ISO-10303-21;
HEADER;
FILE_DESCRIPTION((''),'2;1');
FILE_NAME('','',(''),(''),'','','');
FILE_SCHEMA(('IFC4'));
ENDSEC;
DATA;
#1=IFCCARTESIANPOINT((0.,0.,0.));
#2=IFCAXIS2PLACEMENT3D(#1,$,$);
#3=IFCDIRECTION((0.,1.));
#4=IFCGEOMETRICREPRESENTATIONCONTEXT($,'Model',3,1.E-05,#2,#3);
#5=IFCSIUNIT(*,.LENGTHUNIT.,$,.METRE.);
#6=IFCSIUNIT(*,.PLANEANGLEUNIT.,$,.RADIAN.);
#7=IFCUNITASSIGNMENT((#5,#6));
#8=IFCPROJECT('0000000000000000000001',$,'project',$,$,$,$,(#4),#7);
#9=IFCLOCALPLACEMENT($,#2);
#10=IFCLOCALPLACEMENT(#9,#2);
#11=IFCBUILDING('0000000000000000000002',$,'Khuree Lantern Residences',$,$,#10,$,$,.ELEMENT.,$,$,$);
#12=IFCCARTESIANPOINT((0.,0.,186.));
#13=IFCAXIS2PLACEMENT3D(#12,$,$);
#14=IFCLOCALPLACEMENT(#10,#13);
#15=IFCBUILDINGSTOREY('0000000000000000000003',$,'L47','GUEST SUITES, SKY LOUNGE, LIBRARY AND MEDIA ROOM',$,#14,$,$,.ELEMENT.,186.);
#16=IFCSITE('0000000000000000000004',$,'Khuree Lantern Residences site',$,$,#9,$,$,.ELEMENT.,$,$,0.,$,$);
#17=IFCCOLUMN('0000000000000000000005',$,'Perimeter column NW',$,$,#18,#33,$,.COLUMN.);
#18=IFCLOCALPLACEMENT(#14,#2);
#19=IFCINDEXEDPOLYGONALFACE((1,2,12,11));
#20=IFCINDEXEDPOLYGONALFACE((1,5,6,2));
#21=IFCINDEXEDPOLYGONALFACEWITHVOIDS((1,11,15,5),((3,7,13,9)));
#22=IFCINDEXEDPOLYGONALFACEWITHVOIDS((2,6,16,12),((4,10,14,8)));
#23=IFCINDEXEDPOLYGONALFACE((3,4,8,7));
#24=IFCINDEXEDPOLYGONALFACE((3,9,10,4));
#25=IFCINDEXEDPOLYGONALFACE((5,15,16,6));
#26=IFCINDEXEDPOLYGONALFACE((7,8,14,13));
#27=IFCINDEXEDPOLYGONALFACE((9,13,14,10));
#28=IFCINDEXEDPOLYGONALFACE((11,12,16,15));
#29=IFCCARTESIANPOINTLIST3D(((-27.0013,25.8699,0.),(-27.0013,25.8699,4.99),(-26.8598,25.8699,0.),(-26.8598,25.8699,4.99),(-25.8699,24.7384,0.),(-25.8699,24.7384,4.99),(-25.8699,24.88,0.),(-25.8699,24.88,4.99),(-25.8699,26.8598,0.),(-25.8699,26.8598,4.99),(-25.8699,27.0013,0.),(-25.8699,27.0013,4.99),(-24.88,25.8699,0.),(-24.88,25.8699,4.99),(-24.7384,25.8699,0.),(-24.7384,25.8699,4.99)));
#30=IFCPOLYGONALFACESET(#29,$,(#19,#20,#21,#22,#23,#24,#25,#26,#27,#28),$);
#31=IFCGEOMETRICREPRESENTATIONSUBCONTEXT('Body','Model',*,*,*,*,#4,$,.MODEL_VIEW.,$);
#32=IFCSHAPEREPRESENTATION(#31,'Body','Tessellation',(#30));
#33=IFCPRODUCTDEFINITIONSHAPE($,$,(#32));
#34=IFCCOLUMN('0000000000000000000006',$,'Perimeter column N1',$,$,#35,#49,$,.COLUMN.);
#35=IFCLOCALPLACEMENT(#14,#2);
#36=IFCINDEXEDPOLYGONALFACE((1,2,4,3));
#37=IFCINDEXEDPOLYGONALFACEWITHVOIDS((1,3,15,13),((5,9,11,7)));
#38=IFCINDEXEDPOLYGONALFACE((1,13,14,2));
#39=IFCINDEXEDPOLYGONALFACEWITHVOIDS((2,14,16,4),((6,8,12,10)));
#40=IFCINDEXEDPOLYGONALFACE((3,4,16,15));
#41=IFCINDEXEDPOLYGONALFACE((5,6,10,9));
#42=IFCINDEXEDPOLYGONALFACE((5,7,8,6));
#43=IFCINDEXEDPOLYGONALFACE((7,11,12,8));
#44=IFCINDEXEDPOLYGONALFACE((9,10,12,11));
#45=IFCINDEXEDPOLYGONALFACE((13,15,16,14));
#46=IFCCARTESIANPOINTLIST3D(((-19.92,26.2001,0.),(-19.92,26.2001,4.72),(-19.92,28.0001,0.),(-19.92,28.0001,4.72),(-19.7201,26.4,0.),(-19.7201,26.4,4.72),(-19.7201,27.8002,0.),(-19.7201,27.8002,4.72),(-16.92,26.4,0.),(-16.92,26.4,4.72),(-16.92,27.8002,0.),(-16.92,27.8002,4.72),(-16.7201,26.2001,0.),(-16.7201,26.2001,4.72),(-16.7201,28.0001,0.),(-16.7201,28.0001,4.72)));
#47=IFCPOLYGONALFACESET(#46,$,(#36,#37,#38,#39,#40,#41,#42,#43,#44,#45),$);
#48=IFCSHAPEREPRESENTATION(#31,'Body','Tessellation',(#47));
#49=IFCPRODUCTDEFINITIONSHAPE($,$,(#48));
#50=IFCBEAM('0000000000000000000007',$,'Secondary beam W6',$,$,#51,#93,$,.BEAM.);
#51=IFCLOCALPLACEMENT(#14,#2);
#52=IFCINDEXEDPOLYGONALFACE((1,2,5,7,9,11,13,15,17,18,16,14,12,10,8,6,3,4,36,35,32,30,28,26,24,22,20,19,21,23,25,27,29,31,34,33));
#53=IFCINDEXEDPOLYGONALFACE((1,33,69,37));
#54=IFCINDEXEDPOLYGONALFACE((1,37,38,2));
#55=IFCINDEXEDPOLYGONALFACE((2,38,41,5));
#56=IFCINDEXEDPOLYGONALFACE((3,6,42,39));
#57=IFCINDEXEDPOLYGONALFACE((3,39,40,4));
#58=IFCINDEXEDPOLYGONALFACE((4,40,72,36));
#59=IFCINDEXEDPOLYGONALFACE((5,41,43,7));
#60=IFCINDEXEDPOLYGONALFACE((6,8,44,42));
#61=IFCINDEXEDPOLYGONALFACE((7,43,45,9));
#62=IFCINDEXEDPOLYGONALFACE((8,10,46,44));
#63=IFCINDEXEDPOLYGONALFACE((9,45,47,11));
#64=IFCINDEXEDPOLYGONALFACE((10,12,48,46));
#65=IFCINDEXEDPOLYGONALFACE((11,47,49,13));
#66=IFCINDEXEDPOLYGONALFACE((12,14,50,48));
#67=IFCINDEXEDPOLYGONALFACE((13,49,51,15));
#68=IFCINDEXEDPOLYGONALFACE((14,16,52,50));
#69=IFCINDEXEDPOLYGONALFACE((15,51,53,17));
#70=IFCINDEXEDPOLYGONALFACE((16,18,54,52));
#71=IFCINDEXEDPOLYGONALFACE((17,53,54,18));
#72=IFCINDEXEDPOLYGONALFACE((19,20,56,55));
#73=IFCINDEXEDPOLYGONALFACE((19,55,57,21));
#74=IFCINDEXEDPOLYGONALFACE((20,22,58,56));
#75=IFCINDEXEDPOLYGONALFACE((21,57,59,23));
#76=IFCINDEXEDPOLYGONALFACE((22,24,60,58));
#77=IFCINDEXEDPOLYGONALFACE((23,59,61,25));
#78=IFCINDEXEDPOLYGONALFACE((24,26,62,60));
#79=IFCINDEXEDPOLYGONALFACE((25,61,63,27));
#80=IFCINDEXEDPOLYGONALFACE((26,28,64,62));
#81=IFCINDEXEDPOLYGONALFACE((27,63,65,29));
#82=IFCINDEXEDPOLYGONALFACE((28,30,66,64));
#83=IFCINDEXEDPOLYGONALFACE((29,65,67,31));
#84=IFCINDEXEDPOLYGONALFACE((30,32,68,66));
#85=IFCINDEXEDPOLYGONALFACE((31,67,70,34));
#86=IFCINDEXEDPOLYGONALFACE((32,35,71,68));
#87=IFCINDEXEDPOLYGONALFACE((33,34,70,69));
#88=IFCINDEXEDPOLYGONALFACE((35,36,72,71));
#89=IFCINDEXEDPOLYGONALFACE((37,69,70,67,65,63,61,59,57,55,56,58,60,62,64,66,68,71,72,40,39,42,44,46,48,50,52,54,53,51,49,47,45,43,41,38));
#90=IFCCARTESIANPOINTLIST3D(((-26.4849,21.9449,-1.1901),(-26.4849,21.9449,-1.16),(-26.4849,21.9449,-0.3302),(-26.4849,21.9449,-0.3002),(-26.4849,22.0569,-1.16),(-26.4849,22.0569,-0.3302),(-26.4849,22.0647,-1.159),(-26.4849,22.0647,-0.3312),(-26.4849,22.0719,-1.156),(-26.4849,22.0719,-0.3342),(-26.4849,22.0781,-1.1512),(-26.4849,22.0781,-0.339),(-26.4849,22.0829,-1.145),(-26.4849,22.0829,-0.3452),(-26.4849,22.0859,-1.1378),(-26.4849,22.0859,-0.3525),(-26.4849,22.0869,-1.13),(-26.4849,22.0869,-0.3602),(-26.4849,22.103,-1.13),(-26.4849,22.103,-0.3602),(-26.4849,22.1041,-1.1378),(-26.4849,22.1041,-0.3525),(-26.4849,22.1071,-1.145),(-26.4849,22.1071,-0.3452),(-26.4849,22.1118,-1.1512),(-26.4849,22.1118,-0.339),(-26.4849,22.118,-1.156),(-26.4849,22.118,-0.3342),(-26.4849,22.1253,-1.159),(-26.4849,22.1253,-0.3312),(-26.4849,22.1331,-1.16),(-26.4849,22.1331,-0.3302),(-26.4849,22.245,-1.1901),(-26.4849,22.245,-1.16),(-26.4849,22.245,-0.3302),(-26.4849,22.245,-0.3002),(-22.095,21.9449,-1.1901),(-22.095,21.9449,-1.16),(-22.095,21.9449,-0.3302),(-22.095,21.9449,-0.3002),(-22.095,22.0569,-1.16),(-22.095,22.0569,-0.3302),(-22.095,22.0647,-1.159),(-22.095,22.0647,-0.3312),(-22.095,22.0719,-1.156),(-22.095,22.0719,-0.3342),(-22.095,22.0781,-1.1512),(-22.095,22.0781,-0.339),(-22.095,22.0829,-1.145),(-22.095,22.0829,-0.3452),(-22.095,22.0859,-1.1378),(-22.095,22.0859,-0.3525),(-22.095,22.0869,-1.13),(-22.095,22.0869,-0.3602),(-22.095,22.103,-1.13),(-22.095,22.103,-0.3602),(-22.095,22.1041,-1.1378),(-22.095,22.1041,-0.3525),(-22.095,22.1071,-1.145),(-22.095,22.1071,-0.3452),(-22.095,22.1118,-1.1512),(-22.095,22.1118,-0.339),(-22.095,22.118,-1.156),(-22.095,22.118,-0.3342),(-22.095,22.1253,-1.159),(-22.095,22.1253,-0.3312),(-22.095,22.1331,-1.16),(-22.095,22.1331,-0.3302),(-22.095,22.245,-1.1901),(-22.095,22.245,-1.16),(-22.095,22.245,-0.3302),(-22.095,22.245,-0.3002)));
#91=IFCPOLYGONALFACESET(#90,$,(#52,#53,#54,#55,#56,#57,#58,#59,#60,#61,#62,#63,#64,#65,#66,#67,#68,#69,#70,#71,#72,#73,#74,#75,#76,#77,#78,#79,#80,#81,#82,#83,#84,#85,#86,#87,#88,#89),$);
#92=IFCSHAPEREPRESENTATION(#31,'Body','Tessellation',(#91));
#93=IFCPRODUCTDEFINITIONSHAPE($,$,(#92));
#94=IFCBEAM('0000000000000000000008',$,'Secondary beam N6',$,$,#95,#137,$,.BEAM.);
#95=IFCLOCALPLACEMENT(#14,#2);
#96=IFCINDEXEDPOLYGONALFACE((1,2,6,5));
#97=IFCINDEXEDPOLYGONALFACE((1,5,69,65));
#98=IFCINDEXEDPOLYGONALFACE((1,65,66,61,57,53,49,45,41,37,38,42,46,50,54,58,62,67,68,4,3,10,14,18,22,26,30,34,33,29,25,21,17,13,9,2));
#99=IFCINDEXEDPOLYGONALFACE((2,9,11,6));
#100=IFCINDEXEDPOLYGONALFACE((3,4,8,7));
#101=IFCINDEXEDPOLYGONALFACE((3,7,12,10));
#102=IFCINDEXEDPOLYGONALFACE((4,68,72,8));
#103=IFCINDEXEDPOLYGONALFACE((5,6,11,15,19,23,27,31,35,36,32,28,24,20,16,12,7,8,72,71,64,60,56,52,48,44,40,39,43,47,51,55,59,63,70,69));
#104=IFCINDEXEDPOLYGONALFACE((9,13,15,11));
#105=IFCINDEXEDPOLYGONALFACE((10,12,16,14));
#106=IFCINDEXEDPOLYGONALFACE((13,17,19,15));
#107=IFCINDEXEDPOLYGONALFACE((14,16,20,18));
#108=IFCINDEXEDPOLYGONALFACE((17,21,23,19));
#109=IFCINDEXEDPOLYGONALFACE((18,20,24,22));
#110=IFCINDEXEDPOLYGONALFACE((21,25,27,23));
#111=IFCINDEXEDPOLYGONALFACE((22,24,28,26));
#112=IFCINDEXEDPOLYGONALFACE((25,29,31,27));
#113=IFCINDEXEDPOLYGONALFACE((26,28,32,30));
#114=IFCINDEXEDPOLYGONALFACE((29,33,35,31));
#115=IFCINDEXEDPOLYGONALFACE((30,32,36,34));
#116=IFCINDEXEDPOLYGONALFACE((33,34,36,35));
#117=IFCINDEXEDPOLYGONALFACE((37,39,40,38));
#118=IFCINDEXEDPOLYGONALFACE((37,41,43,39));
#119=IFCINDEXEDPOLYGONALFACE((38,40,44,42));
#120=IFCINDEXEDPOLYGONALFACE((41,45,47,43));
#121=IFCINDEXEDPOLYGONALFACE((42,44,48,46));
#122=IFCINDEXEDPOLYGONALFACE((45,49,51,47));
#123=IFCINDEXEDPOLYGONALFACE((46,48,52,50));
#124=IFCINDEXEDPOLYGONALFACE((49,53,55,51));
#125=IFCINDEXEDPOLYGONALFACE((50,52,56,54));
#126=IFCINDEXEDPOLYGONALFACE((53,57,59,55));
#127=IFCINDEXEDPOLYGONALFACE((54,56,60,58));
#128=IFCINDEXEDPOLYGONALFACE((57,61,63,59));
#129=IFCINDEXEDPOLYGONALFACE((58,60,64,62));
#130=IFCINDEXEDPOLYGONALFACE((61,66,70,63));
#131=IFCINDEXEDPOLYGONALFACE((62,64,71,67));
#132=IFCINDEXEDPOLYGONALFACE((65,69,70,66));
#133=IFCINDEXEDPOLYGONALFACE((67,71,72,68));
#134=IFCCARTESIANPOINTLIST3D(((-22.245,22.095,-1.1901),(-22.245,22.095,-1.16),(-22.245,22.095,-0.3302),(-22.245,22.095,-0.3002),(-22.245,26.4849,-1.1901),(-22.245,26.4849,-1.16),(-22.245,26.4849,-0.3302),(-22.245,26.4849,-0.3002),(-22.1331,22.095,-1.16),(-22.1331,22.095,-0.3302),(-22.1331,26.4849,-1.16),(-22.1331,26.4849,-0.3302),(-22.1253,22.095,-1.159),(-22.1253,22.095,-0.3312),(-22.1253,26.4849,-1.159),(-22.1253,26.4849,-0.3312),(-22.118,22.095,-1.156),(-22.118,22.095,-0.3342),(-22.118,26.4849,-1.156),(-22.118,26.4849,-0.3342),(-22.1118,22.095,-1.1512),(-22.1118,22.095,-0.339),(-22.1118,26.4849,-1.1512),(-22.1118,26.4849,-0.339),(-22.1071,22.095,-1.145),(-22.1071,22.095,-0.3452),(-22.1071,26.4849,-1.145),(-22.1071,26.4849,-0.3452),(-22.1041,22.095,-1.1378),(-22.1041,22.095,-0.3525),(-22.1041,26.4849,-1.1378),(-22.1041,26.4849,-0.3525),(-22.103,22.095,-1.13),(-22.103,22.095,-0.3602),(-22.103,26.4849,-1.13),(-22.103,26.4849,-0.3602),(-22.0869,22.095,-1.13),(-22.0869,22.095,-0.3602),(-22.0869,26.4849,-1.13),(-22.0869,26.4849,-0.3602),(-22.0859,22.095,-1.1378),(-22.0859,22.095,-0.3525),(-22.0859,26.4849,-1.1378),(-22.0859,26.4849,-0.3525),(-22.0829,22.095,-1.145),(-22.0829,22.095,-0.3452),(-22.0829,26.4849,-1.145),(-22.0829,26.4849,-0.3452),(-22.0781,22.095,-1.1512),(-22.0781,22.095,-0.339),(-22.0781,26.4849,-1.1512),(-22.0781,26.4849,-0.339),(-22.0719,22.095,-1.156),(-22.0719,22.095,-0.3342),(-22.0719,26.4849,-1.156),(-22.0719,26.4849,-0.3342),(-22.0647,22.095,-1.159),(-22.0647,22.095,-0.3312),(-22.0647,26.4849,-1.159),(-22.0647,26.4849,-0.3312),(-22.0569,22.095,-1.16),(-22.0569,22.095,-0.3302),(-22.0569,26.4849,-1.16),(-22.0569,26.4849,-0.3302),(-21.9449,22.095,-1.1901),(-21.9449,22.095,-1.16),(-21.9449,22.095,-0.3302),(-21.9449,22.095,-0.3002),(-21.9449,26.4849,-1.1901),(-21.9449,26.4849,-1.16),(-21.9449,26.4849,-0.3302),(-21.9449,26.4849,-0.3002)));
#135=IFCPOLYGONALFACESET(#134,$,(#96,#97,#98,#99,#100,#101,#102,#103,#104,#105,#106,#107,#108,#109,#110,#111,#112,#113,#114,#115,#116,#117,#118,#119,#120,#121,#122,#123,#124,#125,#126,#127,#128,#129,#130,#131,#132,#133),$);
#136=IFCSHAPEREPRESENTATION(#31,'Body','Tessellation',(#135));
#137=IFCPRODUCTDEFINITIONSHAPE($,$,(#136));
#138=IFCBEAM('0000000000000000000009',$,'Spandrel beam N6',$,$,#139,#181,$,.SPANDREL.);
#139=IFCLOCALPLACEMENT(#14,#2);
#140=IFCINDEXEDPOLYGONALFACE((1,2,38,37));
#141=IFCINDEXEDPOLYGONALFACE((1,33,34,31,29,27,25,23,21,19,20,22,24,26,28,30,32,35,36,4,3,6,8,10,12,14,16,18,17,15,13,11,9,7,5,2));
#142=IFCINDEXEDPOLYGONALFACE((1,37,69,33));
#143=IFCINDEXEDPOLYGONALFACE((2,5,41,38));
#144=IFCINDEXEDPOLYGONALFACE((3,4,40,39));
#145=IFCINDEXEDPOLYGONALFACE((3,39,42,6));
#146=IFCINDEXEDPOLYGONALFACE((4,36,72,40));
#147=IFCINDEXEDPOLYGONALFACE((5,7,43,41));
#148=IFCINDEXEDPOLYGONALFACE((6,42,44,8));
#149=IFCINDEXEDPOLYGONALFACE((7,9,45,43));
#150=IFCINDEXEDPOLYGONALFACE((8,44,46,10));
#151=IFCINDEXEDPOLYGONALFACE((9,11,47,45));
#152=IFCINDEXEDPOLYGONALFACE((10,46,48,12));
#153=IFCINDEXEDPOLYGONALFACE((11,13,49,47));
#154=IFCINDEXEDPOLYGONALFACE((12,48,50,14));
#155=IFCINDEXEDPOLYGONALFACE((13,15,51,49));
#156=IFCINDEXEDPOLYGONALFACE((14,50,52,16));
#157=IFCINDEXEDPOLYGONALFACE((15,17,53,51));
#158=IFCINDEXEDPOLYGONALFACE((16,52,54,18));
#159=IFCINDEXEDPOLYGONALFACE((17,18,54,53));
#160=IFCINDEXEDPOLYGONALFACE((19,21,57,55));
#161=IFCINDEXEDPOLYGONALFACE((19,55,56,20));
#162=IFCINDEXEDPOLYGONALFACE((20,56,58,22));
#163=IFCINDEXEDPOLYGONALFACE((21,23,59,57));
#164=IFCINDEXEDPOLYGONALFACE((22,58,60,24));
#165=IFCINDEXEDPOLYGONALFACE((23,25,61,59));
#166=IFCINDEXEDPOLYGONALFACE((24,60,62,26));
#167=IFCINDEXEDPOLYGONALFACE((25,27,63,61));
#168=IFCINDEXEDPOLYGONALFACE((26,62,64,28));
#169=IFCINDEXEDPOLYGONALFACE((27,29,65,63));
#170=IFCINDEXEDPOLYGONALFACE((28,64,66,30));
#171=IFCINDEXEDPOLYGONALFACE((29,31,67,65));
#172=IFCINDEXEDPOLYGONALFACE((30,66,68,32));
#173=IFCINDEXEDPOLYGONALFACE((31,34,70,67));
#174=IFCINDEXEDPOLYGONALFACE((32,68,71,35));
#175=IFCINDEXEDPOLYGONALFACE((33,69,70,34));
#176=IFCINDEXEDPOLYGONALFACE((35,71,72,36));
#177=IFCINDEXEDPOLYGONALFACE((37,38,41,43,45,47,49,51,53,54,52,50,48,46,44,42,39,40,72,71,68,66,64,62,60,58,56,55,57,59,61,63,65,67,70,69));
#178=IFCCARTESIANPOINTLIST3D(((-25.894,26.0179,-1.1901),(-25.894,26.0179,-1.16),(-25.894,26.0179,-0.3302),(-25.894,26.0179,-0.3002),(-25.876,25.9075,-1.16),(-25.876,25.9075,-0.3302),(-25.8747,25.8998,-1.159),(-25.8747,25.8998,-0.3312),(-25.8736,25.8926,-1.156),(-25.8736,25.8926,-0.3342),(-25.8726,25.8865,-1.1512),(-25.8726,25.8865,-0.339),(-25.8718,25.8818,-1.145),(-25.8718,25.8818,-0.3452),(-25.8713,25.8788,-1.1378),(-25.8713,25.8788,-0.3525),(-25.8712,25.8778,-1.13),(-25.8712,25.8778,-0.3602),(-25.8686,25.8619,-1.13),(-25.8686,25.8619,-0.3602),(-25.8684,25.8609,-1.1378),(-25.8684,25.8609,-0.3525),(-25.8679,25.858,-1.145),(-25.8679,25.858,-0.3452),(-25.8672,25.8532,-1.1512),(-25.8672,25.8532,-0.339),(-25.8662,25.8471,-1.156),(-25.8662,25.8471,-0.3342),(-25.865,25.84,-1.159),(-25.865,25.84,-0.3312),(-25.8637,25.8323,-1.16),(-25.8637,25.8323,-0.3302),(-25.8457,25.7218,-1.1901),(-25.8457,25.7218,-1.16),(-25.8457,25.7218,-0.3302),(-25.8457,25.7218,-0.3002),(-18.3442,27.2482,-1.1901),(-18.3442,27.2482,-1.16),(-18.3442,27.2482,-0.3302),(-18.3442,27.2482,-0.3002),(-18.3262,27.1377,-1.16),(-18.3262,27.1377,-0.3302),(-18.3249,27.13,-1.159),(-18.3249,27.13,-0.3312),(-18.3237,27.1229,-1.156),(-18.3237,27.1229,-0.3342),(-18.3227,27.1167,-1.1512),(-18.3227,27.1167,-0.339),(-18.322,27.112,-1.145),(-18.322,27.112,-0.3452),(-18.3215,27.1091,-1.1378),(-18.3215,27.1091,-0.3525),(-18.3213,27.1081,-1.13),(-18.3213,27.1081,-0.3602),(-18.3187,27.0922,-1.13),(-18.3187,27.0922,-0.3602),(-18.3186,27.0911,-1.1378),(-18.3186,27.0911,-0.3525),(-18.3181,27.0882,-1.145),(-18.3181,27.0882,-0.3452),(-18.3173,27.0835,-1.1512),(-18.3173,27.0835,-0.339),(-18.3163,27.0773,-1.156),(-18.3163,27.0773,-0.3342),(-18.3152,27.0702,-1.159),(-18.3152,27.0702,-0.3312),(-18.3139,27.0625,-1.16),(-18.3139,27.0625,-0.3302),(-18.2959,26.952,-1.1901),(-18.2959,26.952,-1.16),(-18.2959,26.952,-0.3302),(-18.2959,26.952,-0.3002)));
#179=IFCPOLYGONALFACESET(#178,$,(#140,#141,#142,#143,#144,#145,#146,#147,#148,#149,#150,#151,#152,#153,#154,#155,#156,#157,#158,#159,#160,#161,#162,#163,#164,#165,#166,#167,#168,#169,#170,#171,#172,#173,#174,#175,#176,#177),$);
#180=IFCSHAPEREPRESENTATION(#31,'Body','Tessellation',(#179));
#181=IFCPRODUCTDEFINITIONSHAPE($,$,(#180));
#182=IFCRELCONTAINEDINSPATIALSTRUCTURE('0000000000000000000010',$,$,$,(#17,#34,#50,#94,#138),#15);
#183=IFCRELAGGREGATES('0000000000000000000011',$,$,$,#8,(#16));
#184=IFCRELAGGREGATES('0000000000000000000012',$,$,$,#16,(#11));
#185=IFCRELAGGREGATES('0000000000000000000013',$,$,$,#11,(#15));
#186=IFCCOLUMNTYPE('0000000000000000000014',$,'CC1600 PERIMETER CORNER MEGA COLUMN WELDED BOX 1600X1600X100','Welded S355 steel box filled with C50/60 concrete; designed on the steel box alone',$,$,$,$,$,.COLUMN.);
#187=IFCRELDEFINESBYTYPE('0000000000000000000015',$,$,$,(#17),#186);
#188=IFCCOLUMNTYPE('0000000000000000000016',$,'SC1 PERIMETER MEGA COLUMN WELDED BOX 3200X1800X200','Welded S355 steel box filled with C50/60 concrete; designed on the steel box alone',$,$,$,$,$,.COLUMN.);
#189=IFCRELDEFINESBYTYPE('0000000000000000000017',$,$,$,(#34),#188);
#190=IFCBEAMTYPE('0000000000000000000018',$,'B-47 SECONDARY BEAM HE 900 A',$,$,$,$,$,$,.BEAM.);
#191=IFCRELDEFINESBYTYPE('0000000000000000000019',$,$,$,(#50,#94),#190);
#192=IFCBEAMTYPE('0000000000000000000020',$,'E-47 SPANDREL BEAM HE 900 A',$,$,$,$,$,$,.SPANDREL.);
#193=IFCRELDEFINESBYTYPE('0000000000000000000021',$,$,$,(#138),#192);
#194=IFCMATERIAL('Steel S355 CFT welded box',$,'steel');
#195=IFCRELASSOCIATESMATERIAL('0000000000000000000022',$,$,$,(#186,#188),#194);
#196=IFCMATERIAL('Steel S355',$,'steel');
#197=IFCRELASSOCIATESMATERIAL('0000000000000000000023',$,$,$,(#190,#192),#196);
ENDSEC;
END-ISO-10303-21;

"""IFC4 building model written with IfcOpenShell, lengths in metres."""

from ifc_helpers import new_model, si_unit, direction, frame, origin, origin_2d, place, context, subcontext, project, spatial, hollow_rectangle, i_section, extrude, material, material_profile, profile_set, type_object, element, save


model = new_model("IFC4")

# Units and contexts
model_context = context("Model", 3, precision=1e-05, world=origin(), true_north=direction((0.0, 1.0)))
body_context = subcontext(model_context, "Body", "Model", "MODEL_VIEW")
ifc_project = project(units=[si_unit("LENGTHUNIT", "METRE"), si_unit("PLANEANGLEUNIT", "RADIAN")], contexts=[model_context])

# Site, building, storey
site_placement = place(None, origin())
site = spatial("IfcSite", under=ifc_project, at=site_placement, Name="Khuree Lantern Residences site", CompositionType="ELEMENT", RefElevation=0.0)
building_placement = place(site_placement, origin())
building = spatial("IfcBuilding", under=site, at=building_placement, Name="Khuree Lantern Residences", CompositionType="ELEMENT")
storey_placement = place(building_placement, frame((0.0, 0.0, 186.0)))
storey = spatial("IfcBuildingStorey", under=building, at=storey_placement, Name="L47", Description="GUEST SUITES, SKY LOUNGE, LIBRARY AND MEDIA ROOM", CompositionType="ELEMENT", Elevation=186.0)

# Columns
ifc_material_1 = material(Name="Steel S355 CFT welded box", Category="steel")
ifc_material_profile_1 = material_profile(ifc_material_1, hollow_rectangle(XDim=1.6001, YDim=1.6001, WallThickness=0.1001, at=origin_2d()), Name="WELDED BOX 1600X1600X100")
ifc_profile_set_1 = profile_set([ifc_material_profile_1], Name="Steel S355 CFT welded box")
column_type_1 = type_object("IfcColumnType", Name="CC1600 PERIMETER CORNER MEGA COLUMN WELDED BOX 1600X1600X100", Description="Welded S355 steel box filled with C50/60 concrete; designed on the steel box alone", PredefinedType="COLUMN", material=ifc_profile_set_1)
column_1_placement = place(storey_placement, frame((-25.8699, 25.8699, 0.0), z_axis=(0.0, 0.0, 1.0), x_axis=(0.707107, 0.707107, 0.0)))
element("IfcColumn", 1, at=column_1_placement, inside=storey, type_object=column_type_1, Name="Perimeter column NW", PredefinedType="COLUMN", context=body_context, shape_type="SweptSolid", body=[
    extrude(hollow_rectangle(XDim=1.6001, YDim=1.6001, WallThickness=0.1001, at=origin_2d()), origin(), (0.0, 0.0, 1.0), 4.99),
])
ifc_material_profile_2 = material_profile(ifc_material_1, hollow_rectangle(XDim=3.2, YDim=1.8, WallThickness=0.2, at=origin_2d()), Name="WELDED BOX 3200X1800X200")
ifc_profile_set_2 = profile_set([ifc_material_profile_2], Name="Steel S355 CFT welded box")
column_type_2 = type_object("IfcColumnType", Name="SC1 PERIMETER MEGA COLUMN WELDED BOX 3200X1800X200", Description="Welded S355 steel box filled with C50/60 concrete; designed on the steel box alone", PredefinedType="COLUMN", material=ifc_profile_set_2)
column_2_placement = place(storey_placement, frame((-18.3201, 27.1001, 0.0), z_axis=(0.0, 0.0, 1.0), x_axis=(1.0, 0.0, 0.0)))
element("IfcColumn", 2, at=column_2_placement, inside=storey, type_object=column_type_2, Name="Perimeter column N1", PredefinedType="COLUMN", context=body_context, shape_type="SweptSolid", body=[
    extrude(hollow_rectangle(XDim=3.2, YDim=1.8, WallThickness=0.2, at=origin_2d()), origin(), (0.0, 0.0, 1.0), 4.72),
])

# Beams
ifc_material_2 = material(Name="Steel S355", Category="steel")
ifc_material_profile_3 = material_profile(ifc_material_2, i_section(OverallWidth=0.3, OverallDepth=0.8899, WebThickness=0.0161, FlangeThickness=0.03, FilletRadius=0.03, at=origin_2d()), Name="HE 900 A")
ifc_profile_set_3 = profile_set([ifc_material_profile_3], Name="Steel S355")
beam_type_1 = type_object("IfcBeamType", Name="B-47 SECONDARY BEAM HE 900 A", PredefinedType="BEAM", material=ifc_profile_set_3)
for number, where, z_axis, x_axis, name in (
    (3, (-26.4849, 22.095, -0.7451), (1.0, 0.0, 0.0), (0.0, 1.0, 0.0), "Secondary beam W6"),
    (4, (-22.095, 26.4849, -0.7451), (0.0, -1.0, 0.0), (1.0, 0.0, 0.0), "Secondary beam N6"),
):
    element("IfcBeam", number, at=place(storey_placement, frame(where, z_axis=z_axis, x_axis=x_axis)), inside=storey, type_object=beam_type_1, Name=name, PredefinedType="BEAM", context=body_context, shape_type="SweptSolid", body=[
        extrude(i_section(OverallWidth=0.3, OverallDepth=0.8899, WebThickness=0.0161, FlangeThickness=0.03, FilletRadius=0.03, at=origin_2d()), origin(), (0.0, 0.0, 1.0), 4.3899),
    ])
ifc_material_profile_4 = material_profile(ifc_material_2, i_section(OverallWidth=0.3, OverallDepth=0.8899, WebThickness=0.0161, FlangeThickness=0.03, FilletRadius=0.03, at=origin_2d()), Name="HE 900 A")
ifc_profile_set_4 = profile_set([ifc_material_profile_4], Name="Steel S355")
beam_type_2 = type_object("IfcBeamType", Name="E-47 SPANDREL BEAM HE 900 A", PredefinedType="SPANDREL", material=ifc_profile_set_4)
beam_1_placement = place(storey_placement, frame((-25.8699, 25.8699, -0.7451), z_axis=(0.986983, 0.160827, 0.0), x_axis=(-0.160827, 0.986983, 0.0)))
element("IfcBeam", 5, at=beam_1_placement, inside=storey, type_object=beam_type_2, Name="Spandrel beam N6", PredefinedType="SPANDREL", context=body_context, shape_type="SweptSolid", body=[
    extrude(i_section(OverallWidth=0.3, OverallDepth=0.8899, WebThickness=0.0161, FlangeThickness=0.03, FilletRadius=0.03, at=origin_2d()), origin(), (0.0, 0.0, 1.0), 7.6494),
])

save(model, "model.ifc")
